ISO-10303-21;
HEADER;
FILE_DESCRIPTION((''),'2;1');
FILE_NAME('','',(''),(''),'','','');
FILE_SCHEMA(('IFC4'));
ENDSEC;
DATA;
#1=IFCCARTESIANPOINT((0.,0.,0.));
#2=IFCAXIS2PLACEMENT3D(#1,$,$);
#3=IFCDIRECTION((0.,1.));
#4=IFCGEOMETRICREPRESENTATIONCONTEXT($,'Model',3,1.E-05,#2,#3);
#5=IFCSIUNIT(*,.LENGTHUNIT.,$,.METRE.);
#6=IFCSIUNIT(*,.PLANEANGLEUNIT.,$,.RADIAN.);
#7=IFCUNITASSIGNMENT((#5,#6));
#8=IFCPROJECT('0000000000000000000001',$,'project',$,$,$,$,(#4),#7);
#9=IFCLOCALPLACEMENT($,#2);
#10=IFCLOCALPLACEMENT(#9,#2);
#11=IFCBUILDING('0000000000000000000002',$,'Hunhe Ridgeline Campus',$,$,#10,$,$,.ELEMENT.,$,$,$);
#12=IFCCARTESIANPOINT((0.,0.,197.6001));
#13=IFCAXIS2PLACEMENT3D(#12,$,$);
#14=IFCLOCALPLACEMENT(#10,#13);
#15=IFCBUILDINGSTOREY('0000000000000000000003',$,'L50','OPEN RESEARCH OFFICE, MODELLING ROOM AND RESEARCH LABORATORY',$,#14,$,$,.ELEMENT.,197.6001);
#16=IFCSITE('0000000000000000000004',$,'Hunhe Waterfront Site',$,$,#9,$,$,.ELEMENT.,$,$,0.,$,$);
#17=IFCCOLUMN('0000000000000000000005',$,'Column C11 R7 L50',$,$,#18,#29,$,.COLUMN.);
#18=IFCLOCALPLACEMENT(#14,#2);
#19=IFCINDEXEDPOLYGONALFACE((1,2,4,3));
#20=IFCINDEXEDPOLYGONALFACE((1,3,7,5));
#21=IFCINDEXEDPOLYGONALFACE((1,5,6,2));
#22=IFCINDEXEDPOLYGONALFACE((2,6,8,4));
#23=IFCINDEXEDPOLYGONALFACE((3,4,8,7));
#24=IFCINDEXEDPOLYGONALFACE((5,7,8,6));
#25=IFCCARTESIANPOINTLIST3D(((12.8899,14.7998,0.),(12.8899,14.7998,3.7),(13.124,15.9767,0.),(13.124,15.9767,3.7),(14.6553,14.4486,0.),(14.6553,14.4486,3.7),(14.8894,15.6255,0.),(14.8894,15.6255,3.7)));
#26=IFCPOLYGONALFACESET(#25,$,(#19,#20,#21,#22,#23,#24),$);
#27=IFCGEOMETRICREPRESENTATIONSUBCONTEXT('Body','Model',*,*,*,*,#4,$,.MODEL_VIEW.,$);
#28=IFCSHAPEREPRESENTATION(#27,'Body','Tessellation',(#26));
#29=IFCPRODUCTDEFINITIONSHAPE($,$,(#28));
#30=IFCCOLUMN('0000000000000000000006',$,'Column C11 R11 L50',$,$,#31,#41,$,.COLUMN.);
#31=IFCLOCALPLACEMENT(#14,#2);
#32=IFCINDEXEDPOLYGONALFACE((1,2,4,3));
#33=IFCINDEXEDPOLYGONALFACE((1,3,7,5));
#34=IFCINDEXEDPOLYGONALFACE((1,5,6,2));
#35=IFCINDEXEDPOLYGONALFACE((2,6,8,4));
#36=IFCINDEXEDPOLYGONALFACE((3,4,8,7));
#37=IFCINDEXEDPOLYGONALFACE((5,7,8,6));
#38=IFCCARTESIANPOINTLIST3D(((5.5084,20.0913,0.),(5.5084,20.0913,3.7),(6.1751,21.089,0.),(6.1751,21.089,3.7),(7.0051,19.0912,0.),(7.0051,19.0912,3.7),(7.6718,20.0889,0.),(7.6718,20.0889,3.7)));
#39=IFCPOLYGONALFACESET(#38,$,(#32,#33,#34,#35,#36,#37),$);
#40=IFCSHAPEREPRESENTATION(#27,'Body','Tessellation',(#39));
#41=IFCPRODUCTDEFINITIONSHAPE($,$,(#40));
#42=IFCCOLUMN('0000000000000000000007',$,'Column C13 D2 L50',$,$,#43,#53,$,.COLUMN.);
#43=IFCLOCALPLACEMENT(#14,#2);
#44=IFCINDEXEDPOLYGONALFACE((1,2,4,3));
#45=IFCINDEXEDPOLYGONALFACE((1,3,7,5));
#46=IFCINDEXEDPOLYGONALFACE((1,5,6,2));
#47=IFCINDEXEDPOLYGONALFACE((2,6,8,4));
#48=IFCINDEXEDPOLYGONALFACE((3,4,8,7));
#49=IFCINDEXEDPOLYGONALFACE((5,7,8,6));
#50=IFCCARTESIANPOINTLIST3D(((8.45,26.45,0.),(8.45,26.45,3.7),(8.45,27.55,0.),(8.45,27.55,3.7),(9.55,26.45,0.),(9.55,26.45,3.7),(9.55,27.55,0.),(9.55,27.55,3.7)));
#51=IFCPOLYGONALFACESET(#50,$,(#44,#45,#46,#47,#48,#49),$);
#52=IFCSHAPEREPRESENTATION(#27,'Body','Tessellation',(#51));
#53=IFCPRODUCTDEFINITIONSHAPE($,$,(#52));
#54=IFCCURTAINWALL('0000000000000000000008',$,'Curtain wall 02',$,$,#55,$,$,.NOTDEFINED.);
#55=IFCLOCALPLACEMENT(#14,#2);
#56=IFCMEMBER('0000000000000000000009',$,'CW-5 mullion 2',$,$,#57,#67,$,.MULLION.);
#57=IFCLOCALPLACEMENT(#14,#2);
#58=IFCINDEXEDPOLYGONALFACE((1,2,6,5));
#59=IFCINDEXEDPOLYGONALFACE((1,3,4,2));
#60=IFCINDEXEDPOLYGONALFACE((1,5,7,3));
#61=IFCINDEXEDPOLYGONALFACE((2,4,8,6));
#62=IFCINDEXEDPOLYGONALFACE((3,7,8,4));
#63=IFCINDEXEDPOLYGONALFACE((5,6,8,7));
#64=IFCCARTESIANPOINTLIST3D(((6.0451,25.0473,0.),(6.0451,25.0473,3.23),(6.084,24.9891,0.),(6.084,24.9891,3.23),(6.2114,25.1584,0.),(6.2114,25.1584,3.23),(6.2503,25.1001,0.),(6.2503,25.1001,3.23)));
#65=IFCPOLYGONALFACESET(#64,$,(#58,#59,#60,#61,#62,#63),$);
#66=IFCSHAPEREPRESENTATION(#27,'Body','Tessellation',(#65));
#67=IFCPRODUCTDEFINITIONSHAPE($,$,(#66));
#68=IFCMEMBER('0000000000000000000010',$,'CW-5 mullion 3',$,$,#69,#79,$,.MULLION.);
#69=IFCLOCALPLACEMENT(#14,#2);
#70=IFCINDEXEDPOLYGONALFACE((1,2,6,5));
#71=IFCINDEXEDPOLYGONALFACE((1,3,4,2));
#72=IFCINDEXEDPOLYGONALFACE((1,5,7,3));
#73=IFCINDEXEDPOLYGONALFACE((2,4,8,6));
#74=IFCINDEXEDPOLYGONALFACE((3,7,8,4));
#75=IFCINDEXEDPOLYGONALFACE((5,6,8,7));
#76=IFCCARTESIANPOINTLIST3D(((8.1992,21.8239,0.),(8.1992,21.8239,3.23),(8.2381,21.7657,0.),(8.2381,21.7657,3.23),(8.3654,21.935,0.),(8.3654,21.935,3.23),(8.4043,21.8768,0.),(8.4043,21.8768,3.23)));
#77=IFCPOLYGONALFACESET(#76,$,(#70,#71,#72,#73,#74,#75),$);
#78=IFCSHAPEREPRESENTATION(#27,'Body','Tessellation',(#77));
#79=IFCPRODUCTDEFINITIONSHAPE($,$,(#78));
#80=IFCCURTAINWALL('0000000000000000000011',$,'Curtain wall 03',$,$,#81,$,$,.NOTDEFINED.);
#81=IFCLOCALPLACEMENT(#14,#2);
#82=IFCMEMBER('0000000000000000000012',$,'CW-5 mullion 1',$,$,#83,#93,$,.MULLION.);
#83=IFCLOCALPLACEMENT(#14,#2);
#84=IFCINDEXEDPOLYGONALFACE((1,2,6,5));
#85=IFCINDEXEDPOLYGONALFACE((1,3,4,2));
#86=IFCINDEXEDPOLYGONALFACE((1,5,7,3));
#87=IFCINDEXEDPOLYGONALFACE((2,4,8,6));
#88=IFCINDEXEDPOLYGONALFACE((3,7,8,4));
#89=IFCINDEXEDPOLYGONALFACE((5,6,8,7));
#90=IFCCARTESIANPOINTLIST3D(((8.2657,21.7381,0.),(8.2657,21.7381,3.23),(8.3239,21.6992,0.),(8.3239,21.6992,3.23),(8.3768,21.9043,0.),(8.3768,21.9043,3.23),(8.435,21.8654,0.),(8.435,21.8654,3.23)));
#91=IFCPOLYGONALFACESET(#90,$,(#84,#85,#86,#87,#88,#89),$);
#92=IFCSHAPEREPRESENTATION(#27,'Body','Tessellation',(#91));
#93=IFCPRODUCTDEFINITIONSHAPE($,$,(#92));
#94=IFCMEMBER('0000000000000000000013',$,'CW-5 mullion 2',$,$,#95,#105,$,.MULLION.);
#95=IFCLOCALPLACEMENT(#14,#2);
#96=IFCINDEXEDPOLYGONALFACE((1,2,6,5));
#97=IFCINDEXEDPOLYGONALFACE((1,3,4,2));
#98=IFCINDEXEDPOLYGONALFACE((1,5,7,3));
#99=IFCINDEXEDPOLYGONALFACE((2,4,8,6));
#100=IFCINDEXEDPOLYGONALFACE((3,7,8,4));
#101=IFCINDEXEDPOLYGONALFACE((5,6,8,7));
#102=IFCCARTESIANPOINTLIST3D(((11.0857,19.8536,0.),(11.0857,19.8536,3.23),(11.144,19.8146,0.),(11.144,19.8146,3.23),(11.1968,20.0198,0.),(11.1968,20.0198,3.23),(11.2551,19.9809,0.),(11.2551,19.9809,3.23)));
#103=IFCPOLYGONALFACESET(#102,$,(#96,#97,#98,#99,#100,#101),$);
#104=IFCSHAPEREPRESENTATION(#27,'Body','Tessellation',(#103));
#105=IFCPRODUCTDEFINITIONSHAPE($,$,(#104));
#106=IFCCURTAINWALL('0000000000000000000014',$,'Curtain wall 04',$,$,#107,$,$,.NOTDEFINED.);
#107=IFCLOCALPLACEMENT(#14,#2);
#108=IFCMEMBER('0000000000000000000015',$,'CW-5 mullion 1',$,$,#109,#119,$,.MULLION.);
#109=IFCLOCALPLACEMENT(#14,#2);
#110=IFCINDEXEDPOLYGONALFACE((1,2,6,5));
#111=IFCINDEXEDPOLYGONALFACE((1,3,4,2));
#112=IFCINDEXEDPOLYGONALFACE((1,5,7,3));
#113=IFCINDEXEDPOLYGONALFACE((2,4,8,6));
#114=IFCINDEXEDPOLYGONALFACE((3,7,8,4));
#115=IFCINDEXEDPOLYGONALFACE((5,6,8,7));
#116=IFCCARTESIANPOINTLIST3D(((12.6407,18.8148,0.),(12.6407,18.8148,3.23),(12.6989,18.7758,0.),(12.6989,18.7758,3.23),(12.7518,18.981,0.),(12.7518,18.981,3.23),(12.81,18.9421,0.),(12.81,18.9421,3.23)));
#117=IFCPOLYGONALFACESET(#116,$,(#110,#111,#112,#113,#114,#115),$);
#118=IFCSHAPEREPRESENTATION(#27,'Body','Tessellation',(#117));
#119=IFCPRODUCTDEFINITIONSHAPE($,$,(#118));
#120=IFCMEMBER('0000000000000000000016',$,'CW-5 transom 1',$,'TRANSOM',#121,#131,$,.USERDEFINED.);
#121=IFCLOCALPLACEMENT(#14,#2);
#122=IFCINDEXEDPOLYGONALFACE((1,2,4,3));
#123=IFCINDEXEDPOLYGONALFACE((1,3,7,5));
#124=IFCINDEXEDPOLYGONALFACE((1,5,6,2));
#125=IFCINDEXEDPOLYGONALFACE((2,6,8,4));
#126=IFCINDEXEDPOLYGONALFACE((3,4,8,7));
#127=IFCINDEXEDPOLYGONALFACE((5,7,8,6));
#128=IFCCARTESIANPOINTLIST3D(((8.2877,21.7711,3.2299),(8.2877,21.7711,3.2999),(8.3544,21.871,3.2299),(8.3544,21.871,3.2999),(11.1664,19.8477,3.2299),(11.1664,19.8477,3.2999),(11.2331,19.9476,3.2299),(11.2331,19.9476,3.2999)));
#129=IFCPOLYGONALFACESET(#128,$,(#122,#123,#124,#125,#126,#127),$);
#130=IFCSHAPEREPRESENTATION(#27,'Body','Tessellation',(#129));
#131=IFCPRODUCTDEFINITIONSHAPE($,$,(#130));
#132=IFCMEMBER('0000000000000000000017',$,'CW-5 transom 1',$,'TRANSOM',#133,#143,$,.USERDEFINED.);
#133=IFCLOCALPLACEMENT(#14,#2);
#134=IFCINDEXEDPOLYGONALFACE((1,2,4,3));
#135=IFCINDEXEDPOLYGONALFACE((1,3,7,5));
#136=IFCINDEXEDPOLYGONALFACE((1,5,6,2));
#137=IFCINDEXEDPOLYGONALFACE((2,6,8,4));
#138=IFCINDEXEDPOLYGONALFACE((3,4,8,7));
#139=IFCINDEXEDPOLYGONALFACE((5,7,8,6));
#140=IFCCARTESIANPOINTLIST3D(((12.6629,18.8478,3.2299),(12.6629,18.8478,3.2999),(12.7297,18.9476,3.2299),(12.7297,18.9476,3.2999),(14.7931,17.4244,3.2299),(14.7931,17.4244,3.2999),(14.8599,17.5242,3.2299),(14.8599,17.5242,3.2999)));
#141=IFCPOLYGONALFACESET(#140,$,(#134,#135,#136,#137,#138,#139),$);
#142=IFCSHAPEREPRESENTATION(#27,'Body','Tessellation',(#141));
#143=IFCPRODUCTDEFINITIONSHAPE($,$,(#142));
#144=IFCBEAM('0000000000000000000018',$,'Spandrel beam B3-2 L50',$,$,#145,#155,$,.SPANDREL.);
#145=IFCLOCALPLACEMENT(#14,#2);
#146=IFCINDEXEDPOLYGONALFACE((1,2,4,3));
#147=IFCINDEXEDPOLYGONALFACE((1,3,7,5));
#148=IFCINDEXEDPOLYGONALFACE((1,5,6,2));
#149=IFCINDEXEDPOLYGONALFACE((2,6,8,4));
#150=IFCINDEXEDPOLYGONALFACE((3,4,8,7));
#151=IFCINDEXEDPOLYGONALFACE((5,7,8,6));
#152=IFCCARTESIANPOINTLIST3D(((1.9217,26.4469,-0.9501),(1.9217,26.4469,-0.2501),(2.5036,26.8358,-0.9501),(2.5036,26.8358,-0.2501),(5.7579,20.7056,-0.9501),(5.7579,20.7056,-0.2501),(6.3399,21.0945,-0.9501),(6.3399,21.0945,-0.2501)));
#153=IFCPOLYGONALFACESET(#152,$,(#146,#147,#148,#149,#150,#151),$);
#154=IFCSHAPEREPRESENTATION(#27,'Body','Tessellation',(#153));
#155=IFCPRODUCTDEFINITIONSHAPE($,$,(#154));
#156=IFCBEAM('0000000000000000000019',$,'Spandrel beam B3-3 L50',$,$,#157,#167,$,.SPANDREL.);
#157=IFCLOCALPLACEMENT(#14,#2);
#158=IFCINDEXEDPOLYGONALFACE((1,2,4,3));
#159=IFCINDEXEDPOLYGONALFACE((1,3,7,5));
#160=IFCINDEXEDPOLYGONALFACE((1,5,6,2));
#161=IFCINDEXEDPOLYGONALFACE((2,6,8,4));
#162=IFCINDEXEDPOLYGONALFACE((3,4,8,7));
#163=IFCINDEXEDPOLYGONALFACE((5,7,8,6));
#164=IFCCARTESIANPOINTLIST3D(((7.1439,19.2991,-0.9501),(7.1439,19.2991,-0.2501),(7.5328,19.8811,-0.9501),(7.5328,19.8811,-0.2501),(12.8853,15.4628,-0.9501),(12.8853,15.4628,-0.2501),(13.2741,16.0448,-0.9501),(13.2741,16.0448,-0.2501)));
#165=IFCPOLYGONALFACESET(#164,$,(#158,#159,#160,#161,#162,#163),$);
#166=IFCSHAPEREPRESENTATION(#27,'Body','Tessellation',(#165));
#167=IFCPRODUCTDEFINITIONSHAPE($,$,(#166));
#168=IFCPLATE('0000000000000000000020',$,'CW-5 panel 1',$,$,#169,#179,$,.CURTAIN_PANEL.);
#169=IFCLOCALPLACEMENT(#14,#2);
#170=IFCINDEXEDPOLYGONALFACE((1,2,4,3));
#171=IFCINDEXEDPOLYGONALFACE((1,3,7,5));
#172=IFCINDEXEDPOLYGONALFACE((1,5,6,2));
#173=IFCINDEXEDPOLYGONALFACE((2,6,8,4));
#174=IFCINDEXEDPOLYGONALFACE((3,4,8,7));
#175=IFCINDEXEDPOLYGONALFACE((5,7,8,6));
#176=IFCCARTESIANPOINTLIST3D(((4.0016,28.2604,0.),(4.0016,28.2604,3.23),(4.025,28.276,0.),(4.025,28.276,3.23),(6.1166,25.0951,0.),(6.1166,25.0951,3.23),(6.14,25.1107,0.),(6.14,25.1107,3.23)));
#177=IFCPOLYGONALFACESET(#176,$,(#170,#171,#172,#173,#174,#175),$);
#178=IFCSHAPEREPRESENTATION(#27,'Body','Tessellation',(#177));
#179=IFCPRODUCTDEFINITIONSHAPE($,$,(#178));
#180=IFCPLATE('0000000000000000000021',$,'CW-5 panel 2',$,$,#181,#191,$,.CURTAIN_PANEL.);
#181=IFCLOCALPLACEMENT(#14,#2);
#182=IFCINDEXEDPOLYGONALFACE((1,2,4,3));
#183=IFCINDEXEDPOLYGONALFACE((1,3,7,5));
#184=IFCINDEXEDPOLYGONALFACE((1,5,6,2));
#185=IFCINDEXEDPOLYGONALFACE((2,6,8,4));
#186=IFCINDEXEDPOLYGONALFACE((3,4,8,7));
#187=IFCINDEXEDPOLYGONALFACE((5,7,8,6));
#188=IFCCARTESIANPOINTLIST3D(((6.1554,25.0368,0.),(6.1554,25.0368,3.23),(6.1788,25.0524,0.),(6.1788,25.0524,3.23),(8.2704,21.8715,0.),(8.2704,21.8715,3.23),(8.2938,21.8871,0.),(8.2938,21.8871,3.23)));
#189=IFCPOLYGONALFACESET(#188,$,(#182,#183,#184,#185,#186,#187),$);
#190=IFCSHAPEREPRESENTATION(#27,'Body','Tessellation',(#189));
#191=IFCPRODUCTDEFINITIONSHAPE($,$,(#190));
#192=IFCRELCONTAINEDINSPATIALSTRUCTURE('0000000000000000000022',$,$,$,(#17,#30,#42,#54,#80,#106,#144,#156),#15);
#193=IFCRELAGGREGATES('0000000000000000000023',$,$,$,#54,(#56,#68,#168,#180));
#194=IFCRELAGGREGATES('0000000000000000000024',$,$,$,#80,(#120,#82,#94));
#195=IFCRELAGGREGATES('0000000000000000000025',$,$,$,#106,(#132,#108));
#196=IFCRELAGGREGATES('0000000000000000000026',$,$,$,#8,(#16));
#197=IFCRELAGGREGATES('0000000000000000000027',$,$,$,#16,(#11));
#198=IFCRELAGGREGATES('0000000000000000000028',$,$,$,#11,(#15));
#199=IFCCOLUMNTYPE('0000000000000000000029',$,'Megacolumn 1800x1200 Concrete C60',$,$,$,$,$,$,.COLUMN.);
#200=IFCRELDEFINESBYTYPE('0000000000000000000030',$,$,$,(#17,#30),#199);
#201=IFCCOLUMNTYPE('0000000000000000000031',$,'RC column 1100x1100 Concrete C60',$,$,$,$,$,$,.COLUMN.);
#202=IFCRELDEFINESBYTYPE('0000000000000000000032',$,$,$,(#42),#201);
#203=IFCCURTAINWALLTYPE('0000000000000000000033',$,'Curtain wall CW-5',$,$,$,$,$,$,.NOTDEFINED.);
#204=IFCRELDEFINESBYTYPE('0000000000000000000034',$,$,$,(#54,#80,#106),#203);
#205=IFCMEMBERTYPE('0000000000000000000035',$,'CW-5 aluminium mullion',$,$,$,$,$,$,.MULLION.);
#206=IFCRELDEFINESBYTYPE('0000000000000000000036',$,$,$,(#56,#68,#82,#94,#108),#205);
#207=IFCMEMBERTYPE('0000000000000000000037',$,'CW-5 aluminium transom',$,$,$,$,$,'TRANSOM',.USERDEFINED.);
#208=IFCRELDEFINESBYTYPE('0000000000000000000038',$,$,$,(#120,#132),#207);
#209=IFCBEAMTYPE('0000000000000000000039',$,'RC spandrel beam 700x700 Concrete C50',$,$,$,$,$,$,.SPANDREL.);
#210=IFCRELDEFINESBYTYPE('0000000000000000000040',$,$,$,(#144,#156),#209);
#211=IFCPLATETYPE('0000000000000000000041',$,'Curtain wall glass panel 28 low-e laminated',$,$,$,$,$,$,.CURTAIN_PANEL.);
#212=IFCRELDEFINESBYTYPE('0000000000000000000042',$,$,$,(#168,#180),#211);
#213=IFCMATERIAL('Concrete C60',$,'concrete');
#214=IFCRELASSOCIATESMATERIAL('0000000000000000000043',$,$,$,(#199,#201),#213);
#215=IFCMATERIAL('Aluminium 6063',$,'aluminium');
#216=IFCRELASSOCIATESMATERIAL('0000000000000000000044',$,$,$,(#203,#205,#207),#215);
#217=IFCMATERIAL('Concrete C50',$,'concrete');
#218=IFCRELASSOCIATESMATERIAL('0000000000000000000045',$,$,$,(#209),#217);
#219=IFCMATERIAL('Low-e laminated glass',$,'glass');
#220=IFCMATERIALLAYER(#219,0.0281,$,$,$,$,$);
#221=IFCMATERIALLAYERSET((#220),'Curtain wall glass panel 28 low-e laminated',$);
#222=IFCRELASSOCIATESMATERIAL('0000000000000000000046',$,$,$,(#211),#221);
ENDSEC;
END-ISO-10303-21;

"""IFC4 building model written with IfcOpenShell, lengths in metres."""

from ifc_helpers import new_model, si_unit, direction, frame, origin, origin_2d, place, context, subcontext, project, spatial, rectangle, extrude, material, layer, layer_set, material_profile, profile_set, type_object, element, aggregate, save


model = new_model("IFC4")

# Units and contexts
model_context = context("Model", 3, precision=1e-05, world=origin(), true_north=direction((0.0, 1.0)))
body_context = subcontext(model_context, "Body", "Model", "MODEL_VIEW")
ifc_project = project(units=[si_unit("LENGTHUNIT", "METRE"), si_unit("PLANEANGLEUNIT", "RADIAN")], contexts=[model_context])

# Site, building, storey
site_placement = place(None, origin())
site = spatial("IfcSite", under=ifc_project, at=site_placement, Name="Hunhe Waterfront Site", CompositionType="ELEMENT", RefElevation=0.0)
building_placement = place(site_placement, origin())
building = spatial("IfcBuilding", under=site, at=building_placement, Name="Hunhe Ridgeline Campus", CompositionType="ELEMENT")
storey_placement = place(building_placement, frame((0.0, 0.0, 197.6001)))
storey = spatial("IfcBuildingStorey", under=building, at=storey_placement, Name="L50", Description="OPEN RESEARCH OFFICE, MODELLING ROOM AND RESEARCH LABORATORY", CompositionType="ELEMENT", Elevation=197.6001)

# Columns
ifc_material_1 = material(Name="Concrete C60", Category="concrete")
ifc_material_profile_1 = material_profile(ifc_material_1, rectangle(XDim=1.8, YDim=1.2, at=origin_2d()))
ifc_profile_set_1 = profile_set([ifc_material_profile_1], Name="Concrete C60")
column_type_1 = type_object("IfcColumnType", Name="Megacolumn 1800x1200 Concrete C60", PredefinedType="COLUMN", material=ifc_profile_set_1)
for number, where, z_axis, x_axis, name in (
    (1, (13.8896, 15.2126, 0.0), (0.0, 0.0, 1.0), (-0.980785, 0.19509, 0.0), "Column C11 R7 L50"),
    (2, (6.5901, 20.0901, 0.0), (0.0, 0.0, 1.0), (-0.83147, 0.55557, 0.0), "Column C11 R11 L50"),
):
    element("IfcColumn", number, at=place(storey_placement, frame(where, z_axis=z_axis, x_axis=x_axis)), inside=storey, type_object=column_type_1, Name=name, PredefinedType="COLUMN", context=body_context, shape_type="SweptSolid", body=[
        extrude(rectangle(XDim=1.8, YDim=1.2, at=origin_2d()), origin(), (0.0, 0.0, 1.0), 3.7),
    ])
ifc_material_profile_2 = material_profile(ifc_material_1, rectangle(XDim=1.1001, YDim=1.1001, at=origin_2d()))
ifc_profile_set_2 = profile_set([ifc_material_profile_2], Name="Concrete C60")
column_type_2 = type_object("IfcColumnType", Name="RC column 1100x1100 Concrete C60", PredefinedType="COLUMN", material=ifc_profile_set_2)
column_placement = place(storey_placement, frame((9.0, 27.0, 0.0), z_axis=(0.0, 0.0, 1.0), x_axis=(1.0, 0.0, 0.0)))
element("IfcColumn", 3, at=column_placement, inside=storey, type_object=column_type_2, Name="Column C13 D2 L50", PredefinedType="COLUMN", context=body_context, shape_type="SweptSolid", body=[
    extrude(rectangle(XDim=1.1001, YDim=1.1001, at=origin_2d()), origin(), (0.0, 0.0, 1.0), 3.7),
])

# Curtain walls, members
ifc_material_2 = material(Name="Aluminium 6063", Category="aluminium")
curtain_wall_type = type_object("IfcCurtainWallType", Name="Curtain wall CW-5", PredefinedType="NOTDEFINED", material=ifc_material_2)
curtain_wall_1_placement = place(storey_placement, origin())
curtain_wall_1 = element("IfcCurtainWall", 4, at=curtain_wall_1_placement, inside=storey, type_object=curtain_wall_type, Name="Curtain wall 02", PredefinedType="NOTDEFINED")
ifc_material_profile_3 = material_profile(ifc_material_2, rectangle(XDim=0.2, YDim=0.0701, at=origin_2d()))
ifc_profile_set_3 = profile_set([ifc_material_profile_3], Name="Aluminium 6063")
member_type_1 = type_object("IfcMemberType", Name="CW-5 aluminium mullion", PredefinedType="MULLION", material=ifc_profile_set_3)
member_1_placement = place(storey_placement, frame((6.1477, 25.0737, 0.0), z_axis=(0.0, 0.0, 1.0), x_axis=(0.83147, 0.55557, 0.0)))
member_1 = element("IfcMember", 5, at=member_1_placement, type_object=member_type_1, Name="CW-5 mullion 2", PredefinedType="MULLION", context=body_context, shape_type="SweptSolid", body=[
    extrude(rectangle(XDim=0.2, YDim=0.0701, at=origin_2d()), origin(), (0.0, 0.0, 1.0), 3.23),
])
member_2_placement = place(storey_placement, frame((8.3018, 21.8503, 0.0), z_axis=(0.0, 0.0, 1.0), x_axis=(0.83147, 0.55557, 0.0)))
member_2 = element("IfcMember", 6, at=member_2_placement, type_object=member_type_1, Name="CW-5 mullion 3", PredefinedType="MULLION", context=body_context, shape_type="SweptSolid", body=[
    extrude(rectangle(XDim=0.2, YDim=0.0701, at=origin_2d()), origin(), (0.0, 0.0, 1.0), 3.23),
])
curtain_wall_2_placement = place(storey_placement, origin())
curtain_wall_2 = element("IfcCurtainWall", 7, at=curtain_wall_2_placement, inside=storey, type_object=curtain_wall_type, Name="Curtain wall 03", PredefinedType="NOTDEFINED")
member_3_placement = place(storey_placement, frame((8.3503, 21.8018, 0.0), z_axis=(0.0, 0.0, 1.0), x_axis=(0.55557, 0.83147, 0.0)))
member_3 = element("IfcMember", 8, at=member_3_placement, type_object=member_type_1, Name="CW-5 mullion 1", PredefinedType="MULLION", context=body_context, shape_type="SweptSolid", body=[
    extrude(rectangle(XDim=0.2, YDim=0.0701, at=origin_2d()), origin(), (0.0, 0.0, 1.0), 3.23),
])
member_4_placement = place(storey_placement, frame((11.1704, 19.9172, 0.0), z_axis=(0.0, 0.0, 1.0), x_axis=(0.55557, 0.83147, 0.0)))
member_4 = element("IfcMember", 9, at=member_4_placement, type_object=member_type_1, Name="CW-5 mullion 2", PredefinedType="MULLION", context=body_context, shape_type="SweptSolid", body=[
    extrude(rectangle(XDim=0.2, YDim=0.0701, at=origin_2d()), origin(), (0.0, 0.0, 1.0), 3.23),
])

# Curtain wall, member
curtain_wall_3_placement = place(storey_placement, origin())
curtain_wall_3 = element("IfcCurtainWall", 10, at=curtain_wall_3_placement, inside=storey, type_object=curtain_wall_type, Name="Curtain wall 04", PredefinedType="NOTDEFINED")
member_5_placement = place(storey_placement, frame((12.7253, 18.8784, 0.0), z_axis=(0.0, 0.0, 1.0), x_axis=(0.55557, 0.83147, 0.0)))
member_5 = element("IfcMember", 11, at=member_5_placement, type_object=member_type_1, Name="CW-5 mullion 1", PredefinedType="MULLION", context=body_context, shape_type="SweptSolid", body=[
    extrude(rectangle(XDim=0.2, YDim=0.0701, at=origin_2d()), origin(), (0.0, 0.0, 1.0), 3.23),
])

# Members
ifc_material_profile_4 = material_profile(ifc_material_2, rectangle(XDim=0.1201, YDim=0.0701, at=origin_2d()))
ifc_profile_set_4 = profile_set([ifc_material_profile_4], Name="Aluminium 6063")
member_type_2 = type_object("IfcMemberType", Name="CW-5 aluminium transom", ElementType="TRANSOM", PredefinedType="USERDEFINED", material=ifc_profile_set_4)
member_6_placement = place(storey_placement, frame((8.321, 21.821, 3.2649), z_axis=(0.831486, -0.555546, 0.0), x_axis=(0.555546, 0.831486, 0.0)))
member_6 = element("IfcMember", 12, at=member_6_placement, type_object=member_type_2, Name="CW-5 transom 1", ObjectType="TRANSOM", PredefinedType="USERDEFINED", context=body_context, shape_type="SweptSolid", body=[
    extrude(rectangle(XDim=0.1201, YDim=0.0701, at=origin_2d()), origin(), (0.0, 0.0, 1.0), 3.4622),
])
member_7_placement = place(storey_placement, frame((12.6963, 18.8977, 3.2649), z_axis=(0.831463, -0.55558, 0.0), x_axis=(0.55558, 0.831463, 0.0)))
member_7 = element("IfcMember", 13, at=member_7_placement, type_object=member_type_2, Name="CW-5 transom 1", ObjectType="TRANSOM", PredefinedType="USERDEFINED", context=body_context, shape_type="SweptSolid", body=[
    extrude(rectangle(XDim=0.1201, YDim=0.0701, at=origin_2d()), origin(), (0.0, 0.0, 1.0), 2.562),
])

# Beams
ifc_material_3 = material(Name="Concrete C50", Category="concrete")
ifc_material_profile_5 = material_profile(ifc_material_3, rectangle(XDim=0.7, YDim=0.7, at=origin_2d()))
ifc_profile_set_5 = profile_set([ifc_material_profile_5], Name="Concrete C50")
beam_type = type_object("IfcBeamType", Name="RC spandrel beam 700x700 Concrete C50", PredefinedType="SPANDREL", material=ifc_profile_set_5)
for number, where, z_axis, x_axis, name in (
    (14, (2.2126, 26.6414, -0.6001), (0.555573, -0.831468, 0.0), (0.831468, 0.555573, 0.0), "Spandrel beam B3-2 L50"),
    (15, (7.3384, 19.5901, -0.6001), (0.831468, -0.555573, 0.0), (0.555573, 0.831468, 0.0), "Spandrel beam B3-3 L50"),
):
    element("IfcBeam", number, at=place(storey_placement, frame(where, z_axis=z_axis, x_axis=x_axis)), inside=storey, type_object=beam_type, Name=name, PredefinedType="SPANDREL", context=body_context, shape_type="SweptSolid", body=[
        extrude(rectangle(XDim=0.7, YDim=0.7, at=origin_2d()), origin(), (0.0, 0.0, 1.0), 6.905),
    ])

# Plates
ifc_material_4 = material(Name="Low-e laminated glass", Category="glass")
ifc_layer_1 = layer(ifc_material_4, 0.0281)
ifc_layer_set_1 = layer_set([ifc_layer_1], Name="Curtain wall glass panel 28 low-e laminated")
plate_type = type_object("IfcPlateType", Name="Curtain wall glass panel 28 low-e laminated", PredefinedType="CURTAIN_PANEL", material=ifc_layer_set_1)
plate_1_placement = place(storey_placement, frame((5.0708, 26.6855, 0.0), z_axis=(0.0, 0.0, 1.0), x_axis=(0.55557, -0.83147, 0.0)))
plate_1 = element("IfcPlate", 16, at=plate_1_placement, type_object=plate_type, Name="CW-5 panel 1", PredefinedType="CURTAIN_PANEL", context=body_context, shape_type="SweptSolid", body=[
    extrude(rectangle(XDim=3.8069, YDim=0.0281, at=origin_2d()), origin(), (0.0, 0.0, 1.0), 3.23),
])
plate_2_placement = place(storey_placement, frame((7.2246, 23.4619, 0.0), z_axis=(0.0, 0.0, 1.0), x_axis=(0.55557, -0.83147, 0.0)))
plate_2 = element("IfcPlate", 17, at=plate_2_placement, type_object=plate_type, Name="CW-5 panel 2", PredefinedType="CURTAIN_PANEL", context=body_context, shape_type="SweptSolid", body=[
    extrude(rectangle(XDim=3.8069, YDim=0.0281, at=origin_2d()), origin(), (0.0, 0.0, 1.0), 3.23),
])
aggregate(curtain_wall_1, [member_1, member_2, plate_1, plate_2])
aggregate(curtain_wall_2, [member_6, member_3, member_4])
aggregate(curtain_wall_3, [member_7, member_5])

save(model, "model.ifc")
